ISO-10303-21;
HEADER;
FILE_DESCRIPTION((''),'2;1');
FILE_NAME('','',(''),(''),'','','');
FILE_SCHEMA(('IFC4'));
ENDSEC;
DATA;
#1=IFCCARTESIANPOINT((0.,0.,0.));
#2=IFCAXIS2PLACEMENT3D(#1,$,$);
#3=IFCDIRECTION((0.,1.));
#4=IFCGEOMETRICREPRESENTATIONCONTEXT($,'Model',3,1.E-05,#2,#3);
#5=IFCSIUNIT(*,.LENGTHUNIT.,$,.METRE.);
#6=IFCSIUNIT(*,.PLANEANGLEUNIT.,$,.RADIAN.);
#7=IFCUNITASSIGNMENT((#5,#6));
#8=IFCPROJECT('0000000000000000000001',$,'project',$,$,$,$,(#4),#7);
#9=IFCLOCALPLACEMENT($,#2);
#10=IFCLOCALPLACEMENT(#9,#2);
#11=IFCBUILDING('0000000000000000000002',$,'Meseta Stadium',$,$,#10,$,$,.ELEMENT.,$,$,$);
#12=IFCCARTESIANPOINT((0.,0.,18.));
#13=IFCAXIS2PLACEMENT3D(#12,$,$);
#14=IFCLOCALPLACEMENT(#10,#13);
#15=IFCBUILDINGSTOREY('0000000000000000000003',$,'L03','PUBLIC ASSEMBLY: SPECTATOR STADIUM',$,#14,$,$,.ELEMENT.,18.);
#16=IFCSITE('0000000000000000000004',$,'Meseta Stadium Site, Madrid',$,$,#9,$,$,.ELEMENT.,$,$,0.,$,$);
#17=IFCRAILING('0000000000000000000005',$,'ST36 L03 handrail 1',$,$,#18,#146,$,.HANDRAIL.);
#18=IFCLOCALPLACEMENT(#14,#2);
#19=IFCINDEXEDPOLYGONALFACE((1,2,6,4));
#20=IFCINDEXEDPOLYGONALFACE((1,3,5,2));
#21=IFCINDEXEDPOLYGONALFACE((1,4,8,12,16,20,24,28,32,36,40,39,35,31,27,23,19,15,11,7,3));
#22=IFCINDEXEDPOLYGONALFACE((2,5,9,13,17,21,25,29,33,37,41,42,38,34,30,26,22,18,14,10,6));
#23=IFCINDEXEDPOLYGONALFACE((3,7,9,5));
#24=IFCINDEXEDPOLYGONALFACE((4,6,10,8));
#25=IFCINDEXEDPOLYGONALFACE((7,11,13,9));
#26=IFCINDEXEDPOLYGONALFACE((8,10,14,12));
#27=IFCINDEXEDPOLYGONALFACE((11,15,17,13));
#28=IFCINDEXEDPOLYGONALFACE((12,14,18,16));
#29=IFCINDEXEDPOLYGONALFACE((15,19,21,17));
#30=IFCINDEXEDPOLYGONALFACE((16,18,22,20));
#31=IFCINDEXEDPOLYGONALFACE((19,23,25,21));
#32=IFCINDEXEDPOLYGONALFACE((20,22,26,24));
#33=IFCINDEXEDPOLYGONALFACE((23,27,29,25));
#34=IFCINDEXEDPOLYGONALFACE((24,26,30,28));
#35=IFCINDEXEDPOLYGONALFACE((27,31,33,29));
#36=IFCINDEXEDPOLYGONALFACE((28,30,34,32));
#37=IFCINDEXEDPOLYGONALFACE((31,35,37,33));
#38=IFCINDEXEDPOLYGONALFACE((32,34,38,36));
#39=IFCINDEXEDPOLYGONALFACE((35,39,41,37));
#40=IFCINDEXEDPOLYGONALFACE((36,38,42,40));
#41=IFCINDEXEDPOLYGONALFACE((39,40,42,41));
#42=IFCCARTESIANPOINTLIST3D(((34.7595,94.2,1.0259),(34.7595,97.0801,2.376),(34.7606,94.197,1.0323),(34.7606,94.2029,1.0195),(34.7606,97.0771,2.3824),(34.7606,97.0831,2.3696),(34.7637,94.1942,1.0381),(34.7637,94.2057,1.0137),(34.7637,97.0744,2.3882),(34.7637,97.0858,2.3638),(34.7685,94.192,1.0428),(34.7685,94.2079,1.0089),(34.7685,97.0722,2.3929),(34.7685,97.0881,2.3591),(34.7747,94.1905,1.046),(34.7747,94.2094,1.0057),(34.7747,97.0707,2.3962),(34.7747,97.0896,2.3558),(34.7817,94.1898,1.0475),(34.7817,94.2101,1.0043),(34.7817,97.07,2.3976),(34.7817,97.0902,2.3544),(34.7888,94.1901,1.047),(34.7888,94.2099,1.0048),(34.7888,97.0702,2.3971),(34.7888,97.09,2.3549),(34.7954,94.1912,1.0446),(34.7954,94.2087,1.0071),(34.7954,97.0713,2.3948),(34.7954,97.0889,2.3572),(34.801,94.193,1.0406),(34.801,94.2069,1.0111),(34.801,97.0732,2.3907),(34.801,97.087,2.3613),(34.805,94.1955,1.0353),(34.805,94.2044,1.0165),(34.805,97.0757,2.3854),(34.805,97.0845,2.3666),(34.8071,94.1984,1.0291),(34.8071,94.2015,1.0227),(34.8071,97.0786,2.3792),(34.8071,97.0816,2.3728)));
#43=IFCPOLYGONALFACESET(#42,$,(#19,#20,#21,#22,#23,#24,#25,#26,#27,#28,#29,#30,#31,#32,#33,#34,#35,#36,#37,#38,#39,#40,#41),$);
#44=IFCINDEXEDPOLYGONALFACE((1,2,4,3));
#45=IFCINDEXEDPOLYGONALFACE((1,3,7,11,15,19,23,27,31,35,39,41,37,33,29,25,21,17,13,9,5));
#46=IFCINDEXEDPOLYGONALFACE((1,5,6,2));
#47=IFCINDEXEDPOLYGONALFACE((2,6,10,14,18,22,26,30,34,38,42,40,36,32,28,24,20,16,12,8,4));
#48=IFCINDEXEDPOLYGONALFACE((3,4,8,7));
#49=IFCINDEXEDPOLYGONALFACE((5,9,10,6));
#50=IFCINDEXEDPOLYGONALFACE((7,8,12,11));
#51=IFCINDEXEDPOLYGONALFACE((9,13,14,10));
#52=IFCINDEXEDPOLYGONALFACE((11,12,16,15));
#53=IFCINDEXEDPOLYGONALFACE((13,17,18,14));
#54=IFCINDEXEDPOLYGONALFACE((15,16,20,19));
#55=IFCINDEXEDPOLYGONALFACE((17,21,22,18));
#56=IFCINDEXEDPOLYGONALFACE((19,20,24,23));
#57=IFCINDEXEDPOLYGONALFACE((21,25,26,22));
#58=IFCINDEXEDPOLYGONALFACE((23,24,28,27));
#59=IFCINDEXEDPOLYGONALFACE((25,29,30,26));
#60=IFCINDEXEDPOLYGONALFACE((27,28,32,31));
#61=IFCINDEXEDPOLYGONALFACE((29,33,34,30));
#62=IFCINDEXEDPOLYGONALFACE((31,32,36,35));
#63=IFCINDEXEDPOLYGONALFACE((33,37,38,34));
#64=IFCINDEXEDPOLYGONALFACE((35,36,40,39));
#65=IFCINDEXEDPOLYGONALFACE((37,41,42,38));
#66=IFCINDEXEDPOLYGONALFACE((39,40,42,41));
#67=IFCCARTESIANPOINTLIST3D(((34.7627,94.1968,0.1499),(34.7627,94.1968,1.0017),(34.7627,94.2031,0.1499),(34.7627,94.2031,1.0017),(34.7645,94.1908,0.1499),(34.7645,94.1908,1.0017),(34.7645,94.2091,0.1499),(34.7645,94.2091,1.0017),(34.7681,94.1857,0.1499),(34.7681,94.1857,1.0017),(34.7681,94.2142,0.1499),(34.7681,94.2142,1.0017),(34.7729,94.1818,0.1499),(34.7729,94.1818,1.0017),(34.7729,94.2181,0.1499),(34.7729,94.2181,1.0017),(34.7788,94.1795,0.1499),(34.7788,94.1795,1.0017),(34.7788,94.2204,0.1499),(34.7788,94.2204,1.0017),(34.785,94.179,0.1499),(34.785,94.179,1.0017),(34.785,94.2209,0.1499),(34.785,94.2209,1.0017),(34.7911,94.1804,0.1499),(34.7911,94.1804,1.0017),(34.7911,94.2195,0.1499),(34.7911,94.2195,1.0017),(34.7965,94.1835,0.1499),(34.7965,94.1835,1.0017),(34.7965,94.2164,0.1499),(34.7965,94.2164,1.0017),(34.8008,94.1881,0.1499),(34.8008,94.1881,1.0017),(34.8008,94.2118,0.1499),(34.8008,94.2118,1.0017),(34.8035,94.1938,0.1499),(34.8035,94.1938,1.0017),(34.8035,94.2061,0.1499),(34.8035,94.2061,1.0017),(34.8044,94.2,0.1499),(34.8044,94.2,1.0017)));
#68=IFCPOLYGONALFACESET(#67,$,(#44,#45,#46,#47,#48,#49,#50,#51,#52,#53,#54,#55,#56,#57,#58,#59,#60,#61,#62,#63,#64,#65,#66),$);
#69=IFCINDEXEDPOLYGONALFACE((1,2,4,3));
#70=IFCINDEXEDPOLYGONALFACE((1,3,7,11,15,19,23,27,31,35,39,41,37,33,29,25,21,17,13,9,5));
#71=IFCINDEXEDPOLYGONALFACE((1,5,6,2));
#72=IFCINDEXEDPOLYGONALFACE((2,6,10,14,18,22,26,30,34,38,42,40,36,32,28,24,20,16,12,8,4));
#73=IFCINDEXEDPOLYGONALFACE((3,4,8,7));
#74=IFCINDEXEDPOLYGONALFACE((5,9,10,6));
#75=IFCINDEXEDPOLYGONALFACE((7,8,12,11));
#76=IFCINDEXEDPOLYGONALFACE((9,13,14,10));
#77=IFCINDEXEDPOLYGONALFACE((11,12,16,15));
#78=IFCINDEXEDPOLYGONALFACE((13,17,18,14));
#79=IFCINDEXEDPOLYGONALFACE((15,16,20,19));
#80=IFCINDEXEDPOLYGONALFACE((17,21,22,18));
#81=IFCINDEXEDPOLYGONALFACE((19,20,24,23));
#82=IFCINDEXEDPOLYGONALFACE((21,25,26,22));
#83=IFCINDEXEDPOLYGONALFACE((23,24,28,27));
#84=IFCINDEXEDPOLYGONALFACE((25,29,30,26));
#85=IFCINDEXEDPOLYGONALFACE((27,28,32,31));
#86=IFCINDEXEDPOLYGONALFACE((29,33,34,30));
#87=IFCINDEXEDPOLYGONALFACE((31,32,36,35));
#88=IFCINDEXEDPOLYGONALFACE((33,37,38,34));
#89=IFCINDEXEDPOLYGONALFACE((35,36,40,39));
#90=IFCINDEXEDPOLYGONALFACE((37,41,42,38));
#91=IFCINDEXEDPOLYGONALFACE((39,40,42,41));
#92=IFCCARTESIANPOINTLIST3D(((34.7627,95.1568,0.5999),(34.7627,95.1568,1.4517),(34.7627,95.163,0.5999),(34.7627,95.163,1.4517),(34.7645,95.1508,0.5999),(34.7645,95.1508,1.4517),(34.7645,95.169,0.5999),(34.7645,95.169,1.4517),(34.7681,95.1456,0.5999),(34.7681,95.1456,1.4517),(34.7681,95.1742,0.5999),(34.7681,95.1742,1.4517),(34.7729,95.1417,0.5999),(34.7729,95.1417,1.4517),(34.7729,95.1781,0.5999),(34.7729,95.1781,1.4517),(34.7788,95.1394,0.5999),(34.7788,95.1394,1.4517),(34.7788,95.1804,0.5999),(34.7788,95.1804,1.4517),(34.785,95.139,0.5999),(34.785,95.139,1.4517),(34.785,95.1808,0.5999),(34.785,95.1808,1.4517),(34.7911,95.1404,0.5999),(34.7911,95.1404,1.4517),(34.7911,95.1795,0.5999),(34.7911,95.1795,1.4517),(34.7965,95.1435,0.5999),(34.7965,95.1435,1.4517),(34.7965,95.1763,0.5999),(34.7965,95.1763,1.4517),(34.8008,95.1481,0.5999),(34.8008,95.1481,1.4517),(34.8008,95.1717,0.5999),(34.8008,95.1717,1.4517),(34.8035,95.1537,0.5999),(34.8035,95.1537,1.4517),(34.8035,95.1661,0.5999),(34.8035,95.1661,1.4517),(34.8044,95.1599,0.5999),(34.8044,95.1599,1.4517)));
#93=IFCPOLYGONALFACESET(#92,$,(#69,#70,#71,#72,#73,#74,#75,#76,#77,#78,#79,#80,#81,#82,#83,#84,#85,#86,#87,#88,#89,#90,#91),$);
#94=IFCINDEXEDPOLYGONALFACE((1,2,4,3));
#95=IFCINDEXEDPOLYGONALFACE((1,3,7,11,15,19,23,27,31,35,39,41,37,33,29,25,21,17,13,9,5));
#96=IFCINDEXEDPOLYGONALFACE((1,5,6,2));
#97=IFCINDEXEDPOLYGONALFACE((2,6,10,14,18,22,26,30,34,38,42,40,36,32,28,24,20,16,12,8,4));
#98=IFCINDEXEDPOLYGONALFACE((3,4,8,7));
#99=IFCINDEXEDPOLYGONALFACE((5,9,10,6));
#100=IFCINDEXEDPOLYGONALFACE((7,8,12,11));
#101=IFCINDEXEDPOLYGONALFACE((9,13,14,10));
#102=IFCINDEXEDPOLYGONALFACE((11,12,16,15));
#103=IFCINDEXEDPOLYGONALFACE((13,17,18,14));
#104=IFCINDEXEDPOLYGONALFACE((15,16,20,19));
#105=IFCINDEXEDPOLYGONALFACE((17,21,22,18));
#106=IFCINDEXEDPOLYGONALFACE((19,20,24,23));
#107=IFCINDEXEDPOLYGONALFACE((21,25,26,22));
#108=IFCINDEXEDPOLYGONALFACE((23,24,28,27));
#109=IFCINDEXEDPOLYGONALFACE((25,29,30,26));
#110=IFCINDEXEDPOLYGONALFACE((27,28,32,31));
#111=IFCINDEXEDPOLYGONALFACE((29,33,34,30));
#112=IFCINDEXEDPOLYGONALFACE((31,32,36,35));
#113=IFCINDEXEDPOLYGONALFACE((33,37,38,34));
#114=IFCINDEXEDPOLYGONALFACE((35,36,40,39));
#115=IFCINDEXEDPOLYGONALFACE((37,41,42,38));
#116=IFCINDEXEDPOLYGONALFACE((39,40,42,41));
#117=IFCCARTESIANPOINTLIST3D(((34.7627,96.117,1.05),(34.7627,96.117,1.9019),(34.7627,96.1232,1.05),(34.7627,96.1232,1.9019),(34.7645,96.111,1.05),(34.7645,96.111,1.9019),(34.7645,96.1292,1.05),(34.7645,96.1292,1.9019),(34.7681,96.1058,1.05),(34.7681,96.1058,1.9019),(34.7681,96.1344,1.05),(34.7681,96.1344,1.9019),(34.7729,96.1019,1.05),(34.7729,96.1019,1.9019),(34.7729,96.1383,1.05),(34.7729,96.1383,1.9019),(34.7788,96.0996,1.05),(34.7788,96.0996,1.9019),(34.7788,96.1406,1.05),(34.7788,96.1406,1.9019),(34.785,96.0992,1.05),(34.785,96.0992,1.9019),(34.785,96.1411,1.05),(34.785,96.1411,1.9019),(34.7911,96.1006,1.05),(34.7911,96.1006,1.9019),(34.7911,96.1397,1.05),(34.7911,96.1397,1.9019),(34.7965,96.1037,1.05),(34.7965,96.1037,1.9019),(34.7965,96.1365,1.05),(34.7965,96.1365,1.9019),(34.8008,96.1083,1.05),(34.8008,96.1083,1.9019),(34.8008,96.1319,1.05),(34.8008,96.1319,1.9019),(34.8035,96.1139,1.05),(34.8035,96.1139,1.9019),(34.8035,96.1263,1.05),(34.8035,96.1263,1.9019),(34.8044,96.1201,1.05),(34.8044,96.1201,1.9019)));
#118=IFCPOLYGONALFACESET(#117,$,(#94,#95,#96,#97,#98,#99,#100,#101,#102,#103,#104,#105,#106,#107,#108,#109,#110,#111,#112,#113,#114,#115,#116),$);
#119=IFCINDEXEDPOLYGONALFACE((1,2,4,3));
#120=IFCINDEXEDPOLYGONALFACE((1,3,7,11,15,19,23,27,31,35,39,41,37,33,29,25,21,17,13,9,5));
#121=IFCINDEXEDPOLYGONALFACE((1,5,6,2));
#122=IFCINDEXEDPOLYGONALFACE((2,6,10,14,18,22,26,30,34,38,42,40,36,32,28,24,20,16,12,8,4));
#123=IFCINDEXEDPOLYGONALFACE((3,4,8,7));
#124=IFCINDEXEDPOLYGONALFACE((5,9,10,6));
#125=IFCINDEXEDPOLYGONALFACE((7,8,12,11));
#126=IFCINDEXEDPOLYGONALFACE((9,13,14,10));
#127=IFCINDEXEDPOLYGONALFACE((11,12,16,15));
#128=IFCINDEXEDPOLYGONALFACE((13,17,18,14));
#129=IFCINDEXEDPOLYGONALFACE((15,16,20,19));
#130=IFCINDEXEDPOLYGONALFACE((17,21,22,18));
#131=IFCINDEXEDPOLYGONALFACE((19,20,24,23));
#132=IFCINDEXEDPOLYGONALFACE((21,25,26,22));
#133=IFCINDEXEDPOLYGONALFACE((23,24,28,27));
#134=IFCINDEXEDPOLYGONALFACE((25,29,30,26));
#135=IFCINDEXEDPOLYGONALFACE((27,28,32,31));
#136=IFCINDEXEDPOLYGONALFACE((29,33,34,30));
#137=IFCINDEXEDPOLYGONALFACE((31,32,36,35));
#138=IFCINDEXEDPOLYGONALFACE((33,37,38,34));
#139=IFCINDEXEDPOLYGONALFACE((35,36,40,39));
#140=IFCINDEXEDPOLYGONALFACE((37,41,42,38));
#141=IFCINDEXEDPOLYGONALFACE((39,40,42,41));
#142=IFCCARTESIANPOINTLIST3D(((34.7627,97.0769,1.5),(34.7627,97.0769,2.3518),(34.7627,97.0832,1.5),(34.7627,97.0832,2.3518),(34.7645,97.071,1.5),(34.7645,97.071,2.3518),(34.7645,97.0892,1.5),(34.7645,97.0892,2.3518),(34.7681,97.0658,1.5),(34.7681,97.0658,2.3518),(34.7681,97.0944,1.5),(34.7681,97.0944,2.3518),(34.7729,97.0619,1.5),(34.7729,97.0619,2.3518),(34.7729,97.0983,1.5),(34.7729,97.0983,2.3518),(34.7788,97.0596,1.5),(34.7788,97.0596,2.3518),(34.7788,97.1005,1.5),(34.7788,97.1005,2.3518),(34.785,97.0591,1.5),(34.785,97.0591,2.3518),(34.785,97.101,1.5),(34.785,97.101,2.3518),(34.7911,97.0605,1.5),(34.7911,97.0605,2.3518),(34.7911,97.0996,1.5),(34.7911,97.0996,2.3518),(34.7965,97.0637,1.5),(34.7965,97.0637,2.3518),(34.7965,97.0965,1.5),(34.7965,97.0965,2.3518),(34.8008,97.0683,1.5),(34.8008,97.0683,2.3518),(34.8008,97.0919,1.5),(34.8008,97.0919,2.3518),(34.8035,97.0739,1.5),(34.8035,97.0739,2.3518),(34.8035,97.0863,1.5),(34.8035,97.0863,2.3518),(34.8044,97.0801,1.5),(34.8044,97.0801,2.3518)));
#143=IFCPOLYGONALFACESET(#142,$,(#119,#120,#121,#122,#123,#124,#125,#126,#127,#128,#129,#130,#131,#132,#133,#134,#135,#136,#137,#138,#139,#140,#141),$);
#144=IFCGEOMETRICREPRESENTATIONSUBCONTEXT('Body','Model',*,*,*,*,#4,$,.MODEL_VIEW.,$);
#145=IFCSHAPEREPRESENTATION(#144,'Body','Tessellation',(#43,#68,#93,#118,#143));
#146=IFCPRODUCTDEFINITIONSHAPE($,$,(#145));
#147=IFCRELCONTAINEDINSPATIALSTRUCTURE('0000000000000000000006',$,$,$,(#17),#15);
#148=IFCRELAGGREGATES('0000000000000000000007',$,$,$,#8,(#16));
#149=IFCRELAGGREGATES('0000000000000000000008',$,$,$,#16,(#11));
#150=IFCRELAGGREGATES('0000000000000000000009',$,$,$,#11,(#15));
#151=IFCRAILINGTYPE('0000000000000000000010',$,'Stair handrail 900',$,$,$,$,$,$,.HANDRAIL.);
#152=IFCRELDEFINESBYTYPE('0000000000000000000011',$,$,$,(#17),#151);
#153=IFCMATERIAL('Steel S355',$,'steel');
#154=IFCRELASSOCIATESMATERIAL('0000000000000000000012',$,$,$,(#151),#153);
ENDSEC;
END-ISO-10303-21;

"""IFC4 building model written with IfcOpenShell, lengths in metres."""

from ifc_helpers import new_model, si_unit, direction, frame, origin, origin_2d, place, context, subcontext, project, spatial, circle, extrude, material, type_object, element, save


model = new_model("IFC4")

# Units and contexts
model_context = context("Model", 3, precision=1e-05, world=origin(), true_north=direction((0.0, 1.0)))
body_context = subcontext(model_context, "Body", "Model", "MODEL_VIEW")
ifc_project = project(units=[si_unit("LENGTHUNIT", "METRE"), si_unit("PLANEANGLEUNIT", "RADIAN")], contexts=[model_context])

# Site, building, storey
site_placement = place(None, origin())
site = spatial("IfcSite", under=ifc_project, at=site_placement, Name="Meseta Stadium Site, Madrid", CompositionType="ELEMENT", RefElevation=0.0)
building_placement = place(site_placement, origin())
building = spatial("IfcBuilding", under=site, at=building_placement, Name="Meseta Stadium", CompositionType="ELEMENT")
storey_placement = place(building_placement, frame((0.0, 0.0, 18.0)))
storey = spatial("IfcBuildingStorey", under=building, at=storey_placement, Name="L03", Description="PUBLIC ASSEMBLY: SPECTATOR STADIUM", CompositionType="ELEMENT", Elevation=18.0)

# Railing
ifc_material_1 = material(Name="Steel S355", Category="steel")
railing_type_1 = type_object("IfcRailingType", Name="Stair handrail 900", PredefinedType="HANDRAIL", material=ifc_material_1)
railing_1_placement = place(storey_placement, frame((34.7834, 94.2, 0.1499)))
element("IfcRailing", 1, at=railing_1_placement, inside=storey, type_object=railing_type_1, Name="ST36 L03 handrail 1", PredefinedType="HANDRAIL", context=body_context, shape_type="SweptSolid", body=[
    extrude(circle(Radius=0.0239, at=origin_2d()), frame((0.0, 0.0, 0.876), z_axis=(0.0, 0.905454, 0.424444), x_axis=(-1.0, 0.0, 0.0)), (0.0, 0.0, 1.0), 3.1809),
    extrude(circle(Radius=0.021, at=origin_2d()), origin(), (0.0, 0.0, 1.0), 0.8518),
    extrude(circle(Radius=0.021, at=origin_2d()), frame((0.0, 0.96, 0.45)), (0.0, 0.0, 1.0), 0.8518),
    extrude(circle(Radius=0.021, at=origin_2d()), frame((0.0, 1.9202, 0.9001)), (0.0, 0.0, 1.0), 0.8518),
    extrude(circle(Radius=0.021, at=origin_2d()), frame((0.0, 2.8801, 1.3501)), (0.0, 0.0, 1.0), 0.8518),
])

save(model, "model.ifc")
